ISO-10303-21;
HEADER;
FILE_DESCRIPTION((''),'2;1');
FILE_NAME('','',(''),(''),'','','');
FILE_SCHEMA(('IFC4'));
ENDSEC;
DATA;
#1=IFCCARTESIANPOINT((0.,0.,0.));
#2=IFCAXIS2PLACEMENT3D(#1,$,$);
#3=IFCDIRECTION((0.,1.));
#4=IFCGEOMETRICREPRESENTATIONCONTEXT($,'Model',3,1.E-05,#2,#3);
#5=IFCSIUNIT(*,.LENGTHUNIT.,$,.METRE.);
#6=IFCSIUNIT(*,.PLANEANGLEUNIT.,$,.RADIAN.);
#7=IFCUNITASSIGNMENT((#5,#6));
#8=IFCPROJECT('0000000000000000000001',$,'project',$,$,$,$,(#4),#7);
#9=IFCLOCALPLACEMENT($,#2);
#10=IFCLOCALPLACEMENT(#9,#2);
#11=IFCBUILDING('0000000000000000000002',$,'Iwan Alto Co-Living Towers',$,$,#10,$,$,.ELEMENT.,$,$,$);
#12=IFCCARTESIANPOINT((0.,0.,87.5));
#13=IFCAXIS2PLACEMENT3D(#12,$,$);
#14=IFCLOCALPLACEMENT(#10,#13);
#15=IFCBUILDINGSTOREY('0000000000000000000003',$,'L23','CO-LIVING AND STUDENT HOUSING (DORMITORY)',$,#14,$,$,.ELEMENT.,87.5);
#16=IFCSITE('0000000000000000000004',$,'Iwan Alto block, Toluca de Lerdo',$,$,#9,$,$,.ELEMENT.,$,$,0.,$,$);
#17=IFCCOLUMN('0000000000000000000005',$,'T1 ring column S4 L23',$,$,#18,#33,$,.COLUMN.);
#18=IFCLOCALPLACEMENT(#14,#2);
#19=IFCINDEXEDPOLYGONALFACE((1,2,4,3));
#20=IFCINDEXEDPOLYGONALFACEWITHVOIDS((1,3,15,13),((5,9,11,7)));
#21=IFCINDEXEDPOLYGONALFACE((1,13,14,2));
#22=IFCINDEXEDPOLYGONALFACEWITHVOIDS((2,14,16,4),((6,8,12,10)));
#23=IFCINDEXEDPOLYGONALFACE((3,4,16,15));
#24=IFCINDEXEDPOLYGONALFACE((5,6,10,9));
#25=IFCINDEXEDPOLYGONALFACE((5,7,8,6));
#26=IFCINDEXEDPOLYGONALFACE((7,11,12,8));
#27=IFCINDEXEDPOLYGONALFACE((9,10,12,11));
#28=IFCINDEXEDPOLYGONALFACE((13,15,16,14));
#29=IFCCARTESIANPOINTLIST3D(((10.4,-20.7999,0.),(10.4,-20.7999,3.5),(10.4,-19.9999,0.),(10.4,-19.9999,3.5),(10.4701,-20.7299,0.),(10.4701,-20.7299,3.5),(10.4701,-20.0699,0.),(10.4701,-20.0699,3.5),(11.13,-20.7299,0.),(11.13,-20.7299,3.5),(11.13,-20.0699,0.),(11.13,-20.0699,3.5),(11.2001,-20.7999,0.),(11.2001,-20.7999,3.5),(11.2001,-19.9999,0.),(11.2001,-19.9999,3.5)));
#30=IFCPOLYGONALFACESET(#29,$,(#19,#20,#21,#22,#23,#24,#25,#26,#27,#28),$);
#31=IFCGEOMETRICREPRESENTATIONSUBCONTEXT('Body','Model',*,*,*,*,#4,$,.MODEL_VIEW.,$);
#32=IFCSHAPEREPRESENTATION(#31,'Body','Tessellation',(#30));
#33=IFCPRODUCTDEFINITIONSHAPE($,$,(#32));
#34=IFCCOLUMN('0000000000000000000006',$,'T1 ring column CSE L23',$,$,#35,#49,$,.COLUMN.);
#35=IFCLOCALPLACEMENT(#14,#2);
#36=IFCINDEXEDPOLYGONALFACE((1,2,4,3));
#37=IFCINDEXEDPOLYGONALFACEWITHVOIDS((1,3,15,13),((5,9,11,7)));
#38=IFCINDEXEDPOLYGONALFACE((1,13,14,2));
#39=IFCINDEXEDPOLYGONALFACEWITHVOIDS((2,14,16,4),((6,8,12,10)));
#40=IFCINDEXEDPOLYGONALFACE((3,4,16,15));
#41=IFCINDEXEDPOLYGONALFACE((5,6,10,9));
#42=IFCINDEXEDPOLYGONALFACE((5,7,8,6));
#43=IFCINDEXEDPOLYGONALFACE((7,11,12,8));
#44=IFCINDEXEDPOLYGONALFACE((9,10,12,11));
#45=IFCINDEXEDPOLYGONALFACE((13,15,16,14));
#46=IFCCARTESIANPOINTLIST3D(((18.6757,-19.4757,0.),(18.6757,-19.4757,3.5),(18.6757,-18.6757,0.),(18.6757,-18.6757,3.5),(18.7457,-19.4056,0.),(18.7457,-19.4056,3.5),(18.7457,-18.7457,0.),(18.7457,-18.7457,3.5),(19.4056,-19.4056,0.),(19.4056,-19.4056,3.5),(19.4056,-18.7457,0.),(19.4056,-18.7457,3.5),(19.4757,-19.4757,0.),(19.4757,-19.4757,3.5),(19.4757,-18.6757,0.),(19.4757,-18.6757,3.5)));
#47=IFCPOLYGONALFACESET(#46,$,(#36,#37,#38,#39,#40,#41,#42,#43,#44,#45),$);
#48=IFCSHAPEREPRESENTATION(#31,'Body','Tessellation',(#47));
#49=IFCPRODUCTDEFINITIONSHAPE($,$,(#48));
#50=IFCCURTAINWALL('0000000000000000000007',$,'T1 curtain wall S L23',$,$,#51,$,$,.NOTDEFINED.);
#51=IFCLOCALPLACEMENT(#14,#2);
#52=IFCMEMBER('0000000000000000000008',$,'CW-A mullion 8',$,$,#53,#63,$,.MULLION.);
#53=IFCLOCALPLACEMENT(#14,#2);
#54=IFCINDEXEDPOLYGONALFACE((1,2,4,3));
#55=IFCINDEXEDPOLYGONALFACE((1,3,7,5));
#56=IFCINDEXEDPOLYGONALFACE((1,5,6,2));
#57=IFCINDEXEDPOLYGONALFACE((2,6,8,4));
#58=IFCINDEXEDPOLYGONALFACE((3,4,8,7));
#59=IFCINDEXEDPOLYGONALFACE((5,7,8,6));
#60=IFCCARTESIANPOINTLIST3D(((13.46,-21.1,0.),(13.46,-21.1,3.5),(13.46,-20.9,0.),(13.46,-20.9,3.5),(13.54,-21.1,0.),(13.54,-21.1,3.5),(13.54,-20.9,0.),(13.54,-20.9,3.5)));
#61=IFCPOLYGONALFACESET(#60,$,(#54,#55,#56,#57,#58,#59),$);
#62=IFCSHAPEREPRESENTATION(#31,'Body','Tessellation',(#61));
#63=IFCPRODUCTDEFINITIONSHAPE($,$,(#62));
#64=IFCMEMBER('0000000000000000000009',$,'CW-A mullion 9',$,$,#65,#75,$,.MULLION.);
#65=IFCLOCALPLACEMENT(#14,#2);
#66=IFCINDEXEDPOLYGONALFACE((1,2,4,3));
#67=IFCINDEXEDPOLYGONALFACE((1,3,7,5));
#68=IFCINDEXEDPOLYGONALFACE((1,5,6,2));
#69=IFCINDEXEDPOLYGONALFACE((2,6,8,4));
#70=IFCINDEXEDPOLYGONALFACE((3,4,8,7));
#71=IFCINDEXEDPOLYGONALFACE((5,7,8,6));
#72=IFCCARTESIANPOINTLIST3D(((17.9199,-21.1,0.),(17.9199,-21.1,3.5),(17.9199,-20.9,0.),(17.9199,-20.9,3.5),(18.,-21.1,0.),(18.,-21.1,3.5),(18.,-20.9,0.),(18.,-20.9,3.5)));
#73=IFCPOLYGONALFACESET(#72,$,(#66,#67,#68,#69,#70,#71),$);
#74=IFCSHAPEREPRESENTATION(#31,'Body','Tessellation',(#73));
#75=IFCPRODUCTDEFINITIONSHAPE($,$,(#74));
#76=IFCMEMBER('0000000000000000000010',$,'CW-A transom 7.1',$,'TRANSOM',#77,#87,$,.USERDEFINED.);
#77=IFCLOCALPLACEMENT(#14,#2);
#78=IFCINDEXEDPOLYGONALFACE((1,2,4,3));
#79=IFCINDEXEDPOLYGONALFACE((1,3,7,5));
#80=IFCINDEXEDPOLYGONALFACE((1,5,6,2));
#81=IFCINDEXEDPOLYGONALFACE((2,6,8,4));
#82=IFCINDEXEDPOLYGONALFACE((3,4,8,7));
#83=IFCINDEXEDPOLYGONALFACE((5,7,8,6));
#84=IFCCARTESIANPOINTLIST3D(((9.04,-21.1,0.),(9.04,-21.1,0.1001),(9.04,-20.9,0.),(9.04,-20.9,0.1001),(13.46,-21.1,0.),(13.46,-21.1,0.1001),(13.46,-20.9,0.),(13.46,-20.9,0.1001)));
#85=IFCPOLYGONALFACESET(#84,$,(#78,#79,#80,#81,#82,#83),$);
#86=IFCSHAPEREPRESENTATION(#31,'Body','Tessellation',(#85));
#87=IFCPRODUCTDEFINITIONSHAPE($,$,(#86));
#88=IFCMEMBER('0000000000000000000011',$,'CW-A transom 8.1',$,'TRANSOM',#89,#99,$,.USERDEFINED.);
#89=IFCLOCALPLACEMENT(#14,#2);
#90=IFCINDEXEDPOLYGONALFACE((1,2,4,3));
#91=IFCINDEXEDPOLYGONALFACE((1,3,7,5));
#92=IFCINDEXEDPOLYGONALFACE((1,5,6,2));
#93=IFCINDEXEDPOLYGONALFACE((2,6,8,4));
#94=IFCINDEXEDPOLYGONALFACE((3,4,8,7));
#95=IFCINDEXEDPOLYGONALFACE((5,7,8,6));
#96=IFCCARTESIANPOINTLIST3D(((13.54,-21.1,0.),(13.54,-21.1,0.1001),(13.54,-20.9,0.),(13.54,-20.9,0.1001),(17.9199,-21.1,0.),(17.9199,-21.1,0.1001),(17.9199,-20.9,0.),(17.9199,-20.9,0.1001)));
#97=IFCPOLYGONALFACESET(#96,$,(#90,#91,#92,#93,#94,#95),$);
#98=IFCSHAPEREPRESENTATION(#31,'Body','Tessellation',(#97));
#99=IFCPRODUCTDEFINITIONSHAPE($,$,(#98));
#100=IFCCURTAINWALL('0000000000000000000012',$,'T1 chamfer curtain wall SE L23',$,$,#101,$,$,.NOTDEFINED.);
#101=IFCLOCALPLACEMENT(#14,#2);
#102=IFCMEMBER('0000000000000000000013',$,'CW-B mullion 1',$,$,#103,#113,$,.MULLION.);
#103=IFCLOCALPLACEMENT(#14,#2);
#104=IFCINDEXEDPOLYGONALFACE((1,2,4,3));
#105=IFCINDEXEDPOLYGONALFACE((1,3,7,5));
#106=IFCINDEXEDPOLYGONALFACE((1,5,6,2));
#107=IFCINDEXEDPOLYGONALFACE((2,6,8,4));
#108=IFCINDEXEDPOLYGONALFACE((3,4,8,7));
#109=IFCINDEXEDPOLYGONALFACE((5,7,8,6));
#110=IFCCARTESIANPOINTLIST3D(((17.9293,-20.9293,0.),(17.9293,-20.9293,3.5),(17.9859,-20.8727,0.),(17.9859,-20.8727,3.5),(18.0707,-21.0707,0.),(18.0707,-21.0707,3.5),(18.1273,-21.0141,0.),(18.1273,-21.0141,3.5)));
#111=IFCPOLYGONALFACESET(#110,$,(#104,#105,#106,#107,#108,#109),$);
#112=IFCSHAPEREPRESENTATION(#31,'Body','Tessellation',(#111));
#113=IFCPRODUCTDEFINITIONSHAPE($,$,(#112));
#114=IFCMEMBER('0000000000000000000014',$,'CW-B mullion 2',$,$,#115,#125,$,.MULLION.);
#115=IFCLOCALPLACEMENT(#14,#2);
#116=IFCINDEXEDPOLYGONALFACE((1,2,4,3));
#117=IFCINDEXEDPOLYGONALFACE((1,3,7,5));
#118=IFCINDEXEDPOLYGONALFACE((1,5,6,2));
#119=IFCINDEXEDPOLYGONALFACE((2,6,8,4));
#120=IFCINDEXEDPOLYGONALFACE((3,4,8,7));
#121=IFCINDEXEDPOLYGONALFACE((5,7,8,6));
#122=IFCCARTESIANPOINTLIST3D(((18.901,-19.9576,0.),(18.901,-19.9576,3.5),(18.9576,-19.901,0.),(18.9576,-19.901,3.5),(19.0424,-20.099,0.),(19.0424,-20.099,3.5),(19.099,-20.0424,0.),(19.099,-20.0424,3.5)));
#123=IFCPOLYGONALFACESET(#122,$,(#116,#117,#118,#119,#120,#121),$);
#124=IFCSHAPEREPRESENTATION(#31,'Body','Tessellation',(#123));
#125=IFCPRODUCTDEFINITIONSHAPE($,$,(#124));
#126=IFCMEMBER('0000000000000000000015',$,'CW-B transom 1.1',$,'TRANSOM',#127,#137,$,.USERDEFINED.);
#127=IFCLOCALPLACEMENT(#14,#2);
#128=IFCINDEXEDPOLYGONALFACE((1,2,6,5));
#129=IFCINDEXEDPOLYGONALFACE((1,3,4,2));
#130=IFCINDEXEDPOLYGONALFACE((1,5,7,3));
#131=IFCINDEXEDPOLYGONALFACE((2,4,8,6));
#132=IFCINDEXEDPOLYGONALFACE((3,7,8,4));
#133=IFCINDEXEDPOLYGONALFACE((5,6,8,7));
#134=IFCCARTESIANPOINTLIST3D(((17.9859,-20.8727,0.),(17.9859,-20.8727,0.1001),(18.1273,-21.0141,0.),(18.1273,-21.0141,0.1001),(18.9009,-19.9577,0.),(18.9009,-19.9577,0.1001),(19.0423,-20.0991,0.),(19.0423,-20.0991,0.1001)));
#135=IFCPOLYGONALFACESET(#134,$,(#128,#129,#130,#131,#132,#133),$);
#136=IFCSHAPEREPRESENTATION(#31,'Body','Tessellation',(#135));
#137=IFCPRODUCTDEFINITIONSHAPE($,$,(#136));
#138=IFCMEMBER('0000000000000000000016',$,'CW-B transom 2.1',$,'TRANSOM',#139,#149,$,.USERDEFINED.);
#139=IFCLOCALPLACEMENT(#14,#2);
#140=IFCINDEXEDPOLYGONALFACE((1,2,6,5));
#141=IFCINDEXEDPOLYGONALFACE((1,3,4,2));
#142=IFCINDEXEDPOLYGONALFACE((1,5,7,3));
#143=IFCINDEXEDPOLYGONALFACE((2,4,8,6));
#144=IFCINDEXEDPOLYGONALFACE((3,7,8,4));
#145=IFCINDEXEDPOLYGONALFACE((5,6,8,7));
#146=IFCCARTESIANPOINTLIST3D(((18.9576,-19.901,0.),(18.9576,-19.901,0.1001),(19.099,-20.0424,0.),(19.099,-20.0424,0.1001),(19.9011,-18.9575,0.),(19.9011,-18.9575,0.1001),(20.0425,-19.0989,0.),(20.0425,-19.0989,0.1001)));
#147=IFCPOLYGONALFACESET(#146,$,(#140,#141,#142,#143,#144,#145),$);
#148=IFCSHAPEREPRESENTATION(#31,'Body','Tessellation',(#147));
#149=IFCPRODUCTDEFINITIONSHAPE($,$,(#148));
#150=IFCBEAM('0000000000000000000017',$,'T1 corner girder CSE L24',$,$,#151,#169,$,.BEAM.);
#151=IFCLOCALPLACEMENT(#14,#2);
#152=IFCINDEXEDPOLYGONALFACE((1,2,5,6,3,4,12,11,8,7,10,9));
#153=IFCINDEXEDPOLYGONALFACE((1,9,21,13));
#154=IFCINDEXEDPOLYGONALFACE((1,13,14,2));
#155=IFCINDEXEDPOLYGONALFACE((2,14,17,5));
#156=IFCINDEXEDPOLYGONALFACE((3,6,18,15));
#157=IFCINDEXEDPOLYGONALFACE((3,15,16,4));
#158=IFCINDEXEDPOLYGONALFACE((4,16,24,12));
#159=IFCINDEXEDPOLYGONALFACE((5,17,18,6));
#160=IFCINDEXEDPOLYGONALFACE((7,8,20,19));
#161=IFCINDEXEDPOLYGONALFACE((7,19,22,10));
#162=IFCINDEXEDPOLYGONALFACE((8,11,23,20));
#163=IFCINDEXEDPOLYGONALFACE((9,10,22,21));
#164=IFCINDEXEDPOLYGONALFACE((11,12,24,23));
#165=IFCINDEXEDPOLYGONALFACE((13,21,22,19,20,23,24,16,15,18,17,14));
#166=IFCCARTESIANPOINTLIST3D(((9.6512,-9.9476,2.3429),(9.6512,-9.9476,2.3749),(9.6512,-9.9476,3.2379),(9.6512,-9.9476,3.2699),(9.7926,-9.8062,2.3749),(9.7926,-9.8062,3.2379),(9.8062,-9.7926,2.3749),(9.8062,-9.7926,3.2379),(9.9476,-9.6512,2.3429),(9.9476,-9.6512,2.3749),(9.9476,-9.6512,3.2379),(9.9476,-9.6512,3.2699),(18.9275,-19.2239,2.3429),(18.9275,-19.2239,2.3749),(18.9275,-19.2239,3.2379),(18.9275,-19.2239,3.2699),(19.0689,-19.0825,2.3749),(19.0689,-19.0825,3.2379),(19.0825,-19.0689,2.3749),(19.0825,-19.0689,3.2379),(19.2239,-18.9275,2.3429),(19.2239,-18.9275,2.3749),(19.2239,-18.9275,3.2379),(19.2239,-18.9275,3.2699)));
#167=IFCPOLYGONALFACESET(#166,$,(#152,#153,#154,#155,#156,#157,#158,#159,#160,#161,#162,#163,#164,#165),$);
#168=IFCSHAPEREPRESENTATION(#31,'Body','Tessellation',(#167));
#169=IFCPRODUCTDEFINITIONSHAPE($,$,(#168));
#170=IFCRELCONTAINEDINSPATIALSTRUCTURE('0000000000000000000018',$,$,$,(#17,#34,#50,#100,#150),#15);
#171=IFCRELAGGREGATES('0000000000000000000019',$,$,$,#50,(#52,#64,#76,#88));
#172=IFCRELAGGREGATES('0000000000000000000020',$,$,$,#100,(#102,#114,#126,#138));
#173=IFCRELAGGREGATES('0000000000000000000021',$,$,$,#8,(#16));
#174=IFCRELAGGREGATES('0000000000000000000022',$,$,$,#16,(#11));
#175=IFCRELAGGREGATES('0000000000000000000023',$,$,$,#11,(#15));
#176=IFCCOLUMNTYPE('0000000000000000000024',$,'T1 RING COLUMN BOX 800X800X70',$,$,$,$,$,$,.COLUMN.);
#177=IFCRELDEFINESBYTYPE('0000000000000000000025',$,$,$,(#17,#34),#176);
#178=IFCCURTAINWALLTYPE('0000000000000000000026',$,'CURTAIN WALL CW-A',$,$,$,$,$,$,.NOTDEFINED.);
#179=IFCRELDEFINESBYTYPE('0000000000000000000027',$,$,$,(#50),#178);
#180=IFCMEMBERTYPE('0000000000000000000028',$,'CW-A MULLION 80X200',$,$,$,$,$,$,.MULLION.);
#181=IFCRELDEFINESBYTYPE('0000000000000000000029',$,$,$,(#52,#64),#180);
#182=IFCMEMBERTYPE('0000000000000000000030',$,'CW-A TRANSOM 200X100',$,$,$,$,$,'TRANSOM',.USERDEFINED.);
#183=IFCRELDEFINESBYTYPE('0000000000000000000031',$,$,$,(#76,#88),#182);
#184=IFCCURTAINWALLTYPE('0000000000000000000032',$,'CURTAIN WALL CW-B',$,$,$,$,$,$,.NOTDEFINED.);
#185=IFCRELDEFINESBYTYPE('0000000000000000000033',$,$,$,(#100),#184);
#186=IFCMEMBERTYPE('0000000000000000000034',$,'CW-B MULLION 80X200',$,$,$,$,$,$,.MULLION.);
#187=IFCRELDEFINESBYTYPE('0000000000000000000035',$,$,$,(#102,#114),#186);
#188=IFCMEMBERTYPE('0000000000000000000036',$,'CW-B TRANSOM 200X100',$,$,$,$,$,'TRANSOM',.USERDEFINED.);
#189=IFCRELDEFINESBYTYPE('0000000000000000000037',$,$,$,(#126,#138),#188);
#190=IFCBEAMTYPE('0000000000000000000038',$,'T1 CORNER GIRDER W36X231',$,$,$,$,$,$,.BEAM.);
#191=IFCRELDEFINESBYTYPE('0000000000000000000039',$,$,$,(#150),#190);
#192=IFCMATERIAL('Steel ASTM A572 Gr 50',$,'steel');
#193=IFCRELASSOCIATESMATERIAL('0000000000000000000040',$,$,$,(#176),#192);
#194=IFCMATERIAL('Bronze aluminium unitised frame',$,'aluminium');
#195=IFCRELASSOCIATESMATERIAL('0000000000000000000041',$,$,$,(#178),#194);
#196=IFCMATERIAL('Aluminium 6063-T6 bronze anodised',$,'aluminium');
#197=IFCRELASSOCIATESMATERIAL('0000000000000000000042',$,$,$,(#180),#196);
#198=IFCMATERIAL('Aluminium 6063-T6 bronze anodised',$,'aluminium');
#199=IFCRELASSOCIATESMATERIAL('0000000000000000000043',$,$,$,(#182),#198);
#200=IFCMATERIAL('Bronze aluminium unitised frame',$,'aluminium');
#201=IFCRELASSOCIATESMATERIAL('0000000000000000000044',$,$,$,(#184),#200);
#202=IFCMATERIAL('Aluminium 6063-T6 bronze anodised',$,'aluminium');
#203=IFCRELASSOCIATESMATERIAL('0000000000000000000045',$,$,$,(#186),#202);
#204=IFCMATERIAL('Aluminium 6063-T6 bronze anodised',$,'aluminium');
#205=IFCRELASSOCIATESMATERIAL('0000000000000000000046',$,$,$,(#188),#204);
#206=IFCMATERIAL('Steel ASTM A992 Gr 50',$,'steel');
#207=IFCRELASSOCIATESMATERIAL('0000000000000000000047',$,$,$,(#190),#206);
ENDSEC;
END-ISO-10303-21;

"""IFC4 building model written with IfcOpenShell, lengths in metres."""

from ifc_helpers import new_model, si_unit, direction, frame, origin, origin_2d, place, context, subcontext, project, spatial, rectangle, hollow_rectangle, i_section, extrude, material, material_profile, profile_set, type_object, element, aggregate, save


model = new_model("IFC4")

# Units and contexts
model_context = context("Model", 3, precision=1e-05, world=origin(), true_north=direction((0.0, 1.0)))
body_context = subcontext(model_context, "Body", "Model", "MODEL_VIEW")
ifc_project = project(units=[si_unit("LENGTHUNIT", "METRE"), si_unit("PLANEANGLEUNIT", "RADIAN")], contexts=[model_context])

# Site, building, storey
site_placement = place(None, origin())
site = spatial("IfcSite", under=ifc_project, at=site_placement, Name="Iwan Alto block, Toluca de Lerdo", CompositionType="ELEMENT", RefElevation=0.0)
building_placement = place(site_placement, origin())
building = spatial("IfcBuilding", under=site, at=building_placement, Name="Iwan Alto Co-Living Towers", CompositionType="ELEMENT")
storey_placement = place(building_placement, frame((0.0, 0.0, 87.5)))
storey = spatial("IfcBuildingStorey", under=building, at=storey_placement, Name="L23", Description="CO-LIVING AND STUDENT HOUSING (DORMITORY)", CompositionType="ELEMENT", Elevation=87.5)

# Columns
ifc_material_1 = material(Name="Steel ASTM A572 Gr 50", Category="steel")
ifc_material_profile_1 = material_profile(ifc_material_1, hollow_rectangle(XDim=0.8, YDim=0.8, WallThickness=0.0701, at=origin_2d()), Name="BOX 800X800X70")
ifc_profile_set_1 = profile_set([ifc_material_profile_1], Name="Steel ASTM A572 Gr 50")
column_type = type_object("IfcColumnType", Name="T1 RING COLUMN BOX 800X800X70", PredefinedType="COLUMN", material=ifc_profile_set_1)
for number, where, z_axis, x_axis, name in (
    (1, (10.8, -20.3999, 0.0), (0.0, 0.0, 1.0), (1.0, 0.0, 0.0), "T1 ring column S4 L23"),
    (2, (19.0757, -19.0757, 0.0), (0.0, 0.0, 1.0), (1.0, 0.0, 0.0), "T1 ring column CSE L23"),
):
    element("IfcColumn", number, at=place(storey_placement, frame(where, z_axis=z_axis, x_axis=x_axis)), inside=storey, type_object=column_type, Name=name, PredefinedType="COLUMN", context=body_context, shape_type="SweptSolid", body=[
        extrude(hollow_rectangle(XDim=0.8, YDim=0.8, WallThickness=0.0701, at=origin_2d()), origin(), (0.0, 0.0, 1.0), 3.5),
    ])

# Curtain walls, members
ifc_material_2 = material(Name="Bronze aluminium unitised frame", Category="aluminium")
curtain_wall_type_1 = type_object("IfcCurtainWallType", Name="CURTAIN WALL CW-A", PredefinedType="NOTDEFINED", material=ifc_material_2)
curtain_wall_1_placement = place(storey_placement, origin())
curtain_wall_1 = element("IfcCurtainWall", 3, at=curtain_wall_1_placement, inside=storey, type_object=curtain_wall_type_1, Name="T1 curtain wall S L23", PredefinedType="NOTDEFINED")
ifc_material_3 = material(Name="Aluminium 6063-T6 bronze anodised", Category="aluminium")
ifc_material_profile_2 = material_profile(ifc_material_3, rectangle(XDim=0.2, YDim=0.0801, at=origin_2d()), Name="AL 80X200")
ifc_profile_set_2 = profile_set([ifc_material_profile_2], Name="Aluminium 6063-T6 bronze anodised")
member_type_1 = type_object("IfcMemberType", Name="CW-A MULLION 80X200", PredefinedType="MULLION", material=ifc_profile_set_2)
member_1_placement = place(storey_placement, frame((13.5, -21.0, 0.0), z_axis=(0.0, 0.0, 1.0), x_axis=(0.0, 1.0, 0.0)))
member_1 = element("IfcMember", 4, at=member_1_placement, type_object=member_type_1, Name="CW-A mullion 8", PredefinedType="MULLION", context=body_context, shape_type="SweptSolid", body=[
    extrude(rectangle(XDim=0.2, YDim=0.0801, at=origin_2d()), origin(), (0.0, 0.0, 1.0), 3.5),
])
member_2_placement = place(storey_placement, frame((17.96, -21.0, 0.0), z_axis=(0.0, 0.0, 1.0), x_axis=(0.0, 1.0, 0.0)))
member_2 = element("IfcMember", 5, at=member_2_placement, type_object=member_type_1, Name="CW-A mullion 9", PredefinedType="MULLION", context=body_context, shape_type="SweptSolid", body=[
    extrude(rectangle(XDim=0.2, YDim=0.0801, at=origin_2d()), origin(), (0.0, 0.0, 1.0), 3.5),
])
ifc_material_4 = material(Name="Aluminium 6063-T6 bronze anodised", Category="aluminium")
ifc_material_profile_3 = material_profile(ifc_material_4, rectangle(XDim=0.2, YDim=0.1001, at=origin_2d()), Name="AL 200X100")
ifc_profile_set_3 = profile_set([ifc_material_profile_3], Name="Aluminium 6063-T6 bronze anodised")
member_type_2 = type_object("IfcMemberType", Name="CW-A TRANSOM 200X100", ElementType="TRANSOM", PredefinedType="USERDEFINED", material=ifc_profile_set_3)
member_3_placement = place(storey_placement, frame((9.04, -21.0, 0.05), z_axis=(1.0, 0.0, 0.0), x_axis=(0.0, 1.0, 0.0)))
member_3 = element("IfcMember", 6, at=member_3_placement, type_object=member_type_2, Name="CW-A transom 7.1", ObjectType="TRANSOM", PredefinedType="USERDEFINED", context=body_context, shape_type="SweptSolid", body=[
    extrude(rectangle(XDim=0.2, YDim=0.1001, at=origin_2d()), origin(), (0.0, 0.0, 1.0), 4.4199),
])
member_4_placement = place(storey_placement, frame((13.54, -21.0, 0.05), z_axis=(1.0, 0.0, 0.0), x_axis=(0.0, 1.0, 0.0)))
member_4 = element("IfcMember", 7, at=member_4_placement, type_object=member_type_2, Name="CW-A transom 8.1", ObjectType="TRANSOM", PredefinedType="USERDEFINED", context=body_context, shape_type="SweptSolid", body=[
    extrude(rectangle(XDim=0.2, YDim=0.1001, at=origin_2d()), origin(), (0.0, 0.0, 1.0), 4.3799),
])
ifc_material_5 = material(Name="Bronze aluminium unitised frame", Category="aluminium")
curtain_wall_type_2 = type_object("IfcCurtainWallType", Name="CURTAIN WALL CW-B", PredefinedType="NOTDEFINED", material=ifc_material_5)
curtain_wall_2_placement = place(storey_placement, origin())
curtain_wall_2 = element("IfcCurtainWall", 8, at=curtain_wall_2_placement, inside=storey, type_object=curtain_wall_type_2, Name="T1 chamfer curtain wall SE L23", PredefinedType="NOTDEFINED")
ifc_material_6 = material(Name="Aluminium 6063-T6 bronze anodised", Category="aluminium")
ifc_material_profile_4 = material_profile(ifc_material_6, rectangle(XDim=0.2, YDim=0.0801, at=origin_2d()), Name="AL 80X200")
ifc_profile_set_4 = profile_set([ifc_material_profile_4], Name="Aluminium 6063-T6 bronze anodised")
member_type_3 = type_object("IfcMemberType", Name="CW-B MULLION 80X200", PredefinedType="MULLION", material=ifc_profile_set_4)
member_5_placement = place(storey_placement, frame((18.0283, -20.9717, 0.0), z_axis=(0.0, 0.0, 1.0), x_axis=(-0.707107, 0.707107, 0.0)))
member_5 = element("IfcMember", 9, at=member_5_placement, type_object=member_type_3, Name="CW-B mullion 1", PredefinedType="MULLION", context=body_context, shape_type="SweptSolid", body=[
    extrude(rectangle(XDim=0.2, YDim=0.0801, at=origin_2d()), origin(), (0.0, 0.0, 1.0), 3.5),
])
member_6_placement = place(storey_placement, frame((19.0, -20.0, 0.0), z_axis=(0.0, 0.0, 1.0), x_axis=(-0.707107, 0.707107, 0.0)))
member_6 = element("IfcMember", 10, at=member_6_placement, type_object=member_type_3, Name="CW-B mullion 2", PredefinedType="MULLION", context=body_context, shape_type="SweptSolid", body=[
    extrude(rectangle(XDim=0.2, YDim=0.0801, at=origin_2d()), origin(), (0.0, 0.0, 1.0), 3.5),
])
ifc_material_7 = material(Name="Aluminium 6063-T6 bronze anodised", Category="aluminium")
ifc_material_profile_5 = material_profile(ifc_material_7, rectangle(XDim=0.2, YDim=0.1001, at=origin_2d()), Name="AL 200X100")
ifc_profile_set_5 = profile_set([ifc_material_profile_5], Name="Aluminium 6063-T6 bronze anodised")
member_type_4 = type_object("IfcMemberType", Name="CW-B TRANSOM 200X100", ElementType="TRANSOM", PredefinedType="USERDEFINED", material=ifc_profile_set_5)
member_7_placement = place(storey_placement, frame((18.0566, -20.9434, 0.05), z_axis=(0.707107, 0.707107, 0.0), x_axis=(-0.707107, 0.707107, 0.0)))
member_7 = element("IfcMember", 11, at=member_7_placement, type_object=member_type_4, Name="CW-B transom 1.1", ObjectType="TRANSOM", PredefinedType="USERDEFINED", context=body_context, shape_type="SweptSolid", body=[
    extrude(rectangle(XDim=0.2, YDim=0.1001, at=origin_2d()), origin(), (0.0, 0.0, 1.0), 1.2939),
])
member_8_placement = place(storey_placement, frame((19.0283, -19.9717, 0.05), z_axis=(0.707107, 0.707107, 0.0), x_axis=(-0.707107, 0.707107, 0.0)))
member_8 = element("IfcMember", 12, at=member_8_placement, type_object=member_type_4, Name="CW-B transom 2.1", ObjectType="TRANSOM", PredefinedType="USERDEFINED", context=body_context, shape_type="SweptSolid", body=[
    extrude(rectangle(XDim=0.2, YDim=0.1001, at=origin_2d()), origin(), (0.0, 0.0, 1.0), 1.3342),
])

# Beam
ifc_material_8 = material(Name="Steel ASTM A992 Gr 50", Category="steel")
ifc_material_profile_6 = material_profile(ifc_material_8, i_section(OverallWidth=0.4192, OverallDepth=0.927, WebThickness=0.0193, FlangeThickness=0.032, at=origin_2d()), Name="W36X231")
ifc_profile_set_6 = profile_set([ifc_material_profile_6], Name="Steel ASTM A992 Gr 50")
beam_type_1 = type_object("IfcBeamType", Name="T1 CORNER GIRDER W36X231", PredefinedType="BEAM", material=ifc_profile_set_6)
beam_1_placement = place(storey_placement, frame((19.0757, -19.0757, 2.8064), z_axis=(-0.707107, 0.707107, 0.0), x_axis=(-0.707107, -0.707107, 0.0)))
element("IfcBeam", 13, at=beam_1_placement, inside=storey, type_object=beam_type_1, Name="T1 corner girder CSE L24", PredefinedType="BEAM", context=body_context, shape_type="SweptSolid", body=[
    extrude(i_section(OverallWidth=0.4192, OverallDepth=0.927, WebThickness=0.0193, FlangeThickness=0.032, at=origin_2d()), origin(), (0.0, 0.0, 1.0), 13.1187),
])

aggregate(curtain_wall_1, [member_1, member_2, member_3, member_4])
aggregate(curtain_wall_2, [member_5, member_6, member_7, member_8])

save(model, "model.ifc")
